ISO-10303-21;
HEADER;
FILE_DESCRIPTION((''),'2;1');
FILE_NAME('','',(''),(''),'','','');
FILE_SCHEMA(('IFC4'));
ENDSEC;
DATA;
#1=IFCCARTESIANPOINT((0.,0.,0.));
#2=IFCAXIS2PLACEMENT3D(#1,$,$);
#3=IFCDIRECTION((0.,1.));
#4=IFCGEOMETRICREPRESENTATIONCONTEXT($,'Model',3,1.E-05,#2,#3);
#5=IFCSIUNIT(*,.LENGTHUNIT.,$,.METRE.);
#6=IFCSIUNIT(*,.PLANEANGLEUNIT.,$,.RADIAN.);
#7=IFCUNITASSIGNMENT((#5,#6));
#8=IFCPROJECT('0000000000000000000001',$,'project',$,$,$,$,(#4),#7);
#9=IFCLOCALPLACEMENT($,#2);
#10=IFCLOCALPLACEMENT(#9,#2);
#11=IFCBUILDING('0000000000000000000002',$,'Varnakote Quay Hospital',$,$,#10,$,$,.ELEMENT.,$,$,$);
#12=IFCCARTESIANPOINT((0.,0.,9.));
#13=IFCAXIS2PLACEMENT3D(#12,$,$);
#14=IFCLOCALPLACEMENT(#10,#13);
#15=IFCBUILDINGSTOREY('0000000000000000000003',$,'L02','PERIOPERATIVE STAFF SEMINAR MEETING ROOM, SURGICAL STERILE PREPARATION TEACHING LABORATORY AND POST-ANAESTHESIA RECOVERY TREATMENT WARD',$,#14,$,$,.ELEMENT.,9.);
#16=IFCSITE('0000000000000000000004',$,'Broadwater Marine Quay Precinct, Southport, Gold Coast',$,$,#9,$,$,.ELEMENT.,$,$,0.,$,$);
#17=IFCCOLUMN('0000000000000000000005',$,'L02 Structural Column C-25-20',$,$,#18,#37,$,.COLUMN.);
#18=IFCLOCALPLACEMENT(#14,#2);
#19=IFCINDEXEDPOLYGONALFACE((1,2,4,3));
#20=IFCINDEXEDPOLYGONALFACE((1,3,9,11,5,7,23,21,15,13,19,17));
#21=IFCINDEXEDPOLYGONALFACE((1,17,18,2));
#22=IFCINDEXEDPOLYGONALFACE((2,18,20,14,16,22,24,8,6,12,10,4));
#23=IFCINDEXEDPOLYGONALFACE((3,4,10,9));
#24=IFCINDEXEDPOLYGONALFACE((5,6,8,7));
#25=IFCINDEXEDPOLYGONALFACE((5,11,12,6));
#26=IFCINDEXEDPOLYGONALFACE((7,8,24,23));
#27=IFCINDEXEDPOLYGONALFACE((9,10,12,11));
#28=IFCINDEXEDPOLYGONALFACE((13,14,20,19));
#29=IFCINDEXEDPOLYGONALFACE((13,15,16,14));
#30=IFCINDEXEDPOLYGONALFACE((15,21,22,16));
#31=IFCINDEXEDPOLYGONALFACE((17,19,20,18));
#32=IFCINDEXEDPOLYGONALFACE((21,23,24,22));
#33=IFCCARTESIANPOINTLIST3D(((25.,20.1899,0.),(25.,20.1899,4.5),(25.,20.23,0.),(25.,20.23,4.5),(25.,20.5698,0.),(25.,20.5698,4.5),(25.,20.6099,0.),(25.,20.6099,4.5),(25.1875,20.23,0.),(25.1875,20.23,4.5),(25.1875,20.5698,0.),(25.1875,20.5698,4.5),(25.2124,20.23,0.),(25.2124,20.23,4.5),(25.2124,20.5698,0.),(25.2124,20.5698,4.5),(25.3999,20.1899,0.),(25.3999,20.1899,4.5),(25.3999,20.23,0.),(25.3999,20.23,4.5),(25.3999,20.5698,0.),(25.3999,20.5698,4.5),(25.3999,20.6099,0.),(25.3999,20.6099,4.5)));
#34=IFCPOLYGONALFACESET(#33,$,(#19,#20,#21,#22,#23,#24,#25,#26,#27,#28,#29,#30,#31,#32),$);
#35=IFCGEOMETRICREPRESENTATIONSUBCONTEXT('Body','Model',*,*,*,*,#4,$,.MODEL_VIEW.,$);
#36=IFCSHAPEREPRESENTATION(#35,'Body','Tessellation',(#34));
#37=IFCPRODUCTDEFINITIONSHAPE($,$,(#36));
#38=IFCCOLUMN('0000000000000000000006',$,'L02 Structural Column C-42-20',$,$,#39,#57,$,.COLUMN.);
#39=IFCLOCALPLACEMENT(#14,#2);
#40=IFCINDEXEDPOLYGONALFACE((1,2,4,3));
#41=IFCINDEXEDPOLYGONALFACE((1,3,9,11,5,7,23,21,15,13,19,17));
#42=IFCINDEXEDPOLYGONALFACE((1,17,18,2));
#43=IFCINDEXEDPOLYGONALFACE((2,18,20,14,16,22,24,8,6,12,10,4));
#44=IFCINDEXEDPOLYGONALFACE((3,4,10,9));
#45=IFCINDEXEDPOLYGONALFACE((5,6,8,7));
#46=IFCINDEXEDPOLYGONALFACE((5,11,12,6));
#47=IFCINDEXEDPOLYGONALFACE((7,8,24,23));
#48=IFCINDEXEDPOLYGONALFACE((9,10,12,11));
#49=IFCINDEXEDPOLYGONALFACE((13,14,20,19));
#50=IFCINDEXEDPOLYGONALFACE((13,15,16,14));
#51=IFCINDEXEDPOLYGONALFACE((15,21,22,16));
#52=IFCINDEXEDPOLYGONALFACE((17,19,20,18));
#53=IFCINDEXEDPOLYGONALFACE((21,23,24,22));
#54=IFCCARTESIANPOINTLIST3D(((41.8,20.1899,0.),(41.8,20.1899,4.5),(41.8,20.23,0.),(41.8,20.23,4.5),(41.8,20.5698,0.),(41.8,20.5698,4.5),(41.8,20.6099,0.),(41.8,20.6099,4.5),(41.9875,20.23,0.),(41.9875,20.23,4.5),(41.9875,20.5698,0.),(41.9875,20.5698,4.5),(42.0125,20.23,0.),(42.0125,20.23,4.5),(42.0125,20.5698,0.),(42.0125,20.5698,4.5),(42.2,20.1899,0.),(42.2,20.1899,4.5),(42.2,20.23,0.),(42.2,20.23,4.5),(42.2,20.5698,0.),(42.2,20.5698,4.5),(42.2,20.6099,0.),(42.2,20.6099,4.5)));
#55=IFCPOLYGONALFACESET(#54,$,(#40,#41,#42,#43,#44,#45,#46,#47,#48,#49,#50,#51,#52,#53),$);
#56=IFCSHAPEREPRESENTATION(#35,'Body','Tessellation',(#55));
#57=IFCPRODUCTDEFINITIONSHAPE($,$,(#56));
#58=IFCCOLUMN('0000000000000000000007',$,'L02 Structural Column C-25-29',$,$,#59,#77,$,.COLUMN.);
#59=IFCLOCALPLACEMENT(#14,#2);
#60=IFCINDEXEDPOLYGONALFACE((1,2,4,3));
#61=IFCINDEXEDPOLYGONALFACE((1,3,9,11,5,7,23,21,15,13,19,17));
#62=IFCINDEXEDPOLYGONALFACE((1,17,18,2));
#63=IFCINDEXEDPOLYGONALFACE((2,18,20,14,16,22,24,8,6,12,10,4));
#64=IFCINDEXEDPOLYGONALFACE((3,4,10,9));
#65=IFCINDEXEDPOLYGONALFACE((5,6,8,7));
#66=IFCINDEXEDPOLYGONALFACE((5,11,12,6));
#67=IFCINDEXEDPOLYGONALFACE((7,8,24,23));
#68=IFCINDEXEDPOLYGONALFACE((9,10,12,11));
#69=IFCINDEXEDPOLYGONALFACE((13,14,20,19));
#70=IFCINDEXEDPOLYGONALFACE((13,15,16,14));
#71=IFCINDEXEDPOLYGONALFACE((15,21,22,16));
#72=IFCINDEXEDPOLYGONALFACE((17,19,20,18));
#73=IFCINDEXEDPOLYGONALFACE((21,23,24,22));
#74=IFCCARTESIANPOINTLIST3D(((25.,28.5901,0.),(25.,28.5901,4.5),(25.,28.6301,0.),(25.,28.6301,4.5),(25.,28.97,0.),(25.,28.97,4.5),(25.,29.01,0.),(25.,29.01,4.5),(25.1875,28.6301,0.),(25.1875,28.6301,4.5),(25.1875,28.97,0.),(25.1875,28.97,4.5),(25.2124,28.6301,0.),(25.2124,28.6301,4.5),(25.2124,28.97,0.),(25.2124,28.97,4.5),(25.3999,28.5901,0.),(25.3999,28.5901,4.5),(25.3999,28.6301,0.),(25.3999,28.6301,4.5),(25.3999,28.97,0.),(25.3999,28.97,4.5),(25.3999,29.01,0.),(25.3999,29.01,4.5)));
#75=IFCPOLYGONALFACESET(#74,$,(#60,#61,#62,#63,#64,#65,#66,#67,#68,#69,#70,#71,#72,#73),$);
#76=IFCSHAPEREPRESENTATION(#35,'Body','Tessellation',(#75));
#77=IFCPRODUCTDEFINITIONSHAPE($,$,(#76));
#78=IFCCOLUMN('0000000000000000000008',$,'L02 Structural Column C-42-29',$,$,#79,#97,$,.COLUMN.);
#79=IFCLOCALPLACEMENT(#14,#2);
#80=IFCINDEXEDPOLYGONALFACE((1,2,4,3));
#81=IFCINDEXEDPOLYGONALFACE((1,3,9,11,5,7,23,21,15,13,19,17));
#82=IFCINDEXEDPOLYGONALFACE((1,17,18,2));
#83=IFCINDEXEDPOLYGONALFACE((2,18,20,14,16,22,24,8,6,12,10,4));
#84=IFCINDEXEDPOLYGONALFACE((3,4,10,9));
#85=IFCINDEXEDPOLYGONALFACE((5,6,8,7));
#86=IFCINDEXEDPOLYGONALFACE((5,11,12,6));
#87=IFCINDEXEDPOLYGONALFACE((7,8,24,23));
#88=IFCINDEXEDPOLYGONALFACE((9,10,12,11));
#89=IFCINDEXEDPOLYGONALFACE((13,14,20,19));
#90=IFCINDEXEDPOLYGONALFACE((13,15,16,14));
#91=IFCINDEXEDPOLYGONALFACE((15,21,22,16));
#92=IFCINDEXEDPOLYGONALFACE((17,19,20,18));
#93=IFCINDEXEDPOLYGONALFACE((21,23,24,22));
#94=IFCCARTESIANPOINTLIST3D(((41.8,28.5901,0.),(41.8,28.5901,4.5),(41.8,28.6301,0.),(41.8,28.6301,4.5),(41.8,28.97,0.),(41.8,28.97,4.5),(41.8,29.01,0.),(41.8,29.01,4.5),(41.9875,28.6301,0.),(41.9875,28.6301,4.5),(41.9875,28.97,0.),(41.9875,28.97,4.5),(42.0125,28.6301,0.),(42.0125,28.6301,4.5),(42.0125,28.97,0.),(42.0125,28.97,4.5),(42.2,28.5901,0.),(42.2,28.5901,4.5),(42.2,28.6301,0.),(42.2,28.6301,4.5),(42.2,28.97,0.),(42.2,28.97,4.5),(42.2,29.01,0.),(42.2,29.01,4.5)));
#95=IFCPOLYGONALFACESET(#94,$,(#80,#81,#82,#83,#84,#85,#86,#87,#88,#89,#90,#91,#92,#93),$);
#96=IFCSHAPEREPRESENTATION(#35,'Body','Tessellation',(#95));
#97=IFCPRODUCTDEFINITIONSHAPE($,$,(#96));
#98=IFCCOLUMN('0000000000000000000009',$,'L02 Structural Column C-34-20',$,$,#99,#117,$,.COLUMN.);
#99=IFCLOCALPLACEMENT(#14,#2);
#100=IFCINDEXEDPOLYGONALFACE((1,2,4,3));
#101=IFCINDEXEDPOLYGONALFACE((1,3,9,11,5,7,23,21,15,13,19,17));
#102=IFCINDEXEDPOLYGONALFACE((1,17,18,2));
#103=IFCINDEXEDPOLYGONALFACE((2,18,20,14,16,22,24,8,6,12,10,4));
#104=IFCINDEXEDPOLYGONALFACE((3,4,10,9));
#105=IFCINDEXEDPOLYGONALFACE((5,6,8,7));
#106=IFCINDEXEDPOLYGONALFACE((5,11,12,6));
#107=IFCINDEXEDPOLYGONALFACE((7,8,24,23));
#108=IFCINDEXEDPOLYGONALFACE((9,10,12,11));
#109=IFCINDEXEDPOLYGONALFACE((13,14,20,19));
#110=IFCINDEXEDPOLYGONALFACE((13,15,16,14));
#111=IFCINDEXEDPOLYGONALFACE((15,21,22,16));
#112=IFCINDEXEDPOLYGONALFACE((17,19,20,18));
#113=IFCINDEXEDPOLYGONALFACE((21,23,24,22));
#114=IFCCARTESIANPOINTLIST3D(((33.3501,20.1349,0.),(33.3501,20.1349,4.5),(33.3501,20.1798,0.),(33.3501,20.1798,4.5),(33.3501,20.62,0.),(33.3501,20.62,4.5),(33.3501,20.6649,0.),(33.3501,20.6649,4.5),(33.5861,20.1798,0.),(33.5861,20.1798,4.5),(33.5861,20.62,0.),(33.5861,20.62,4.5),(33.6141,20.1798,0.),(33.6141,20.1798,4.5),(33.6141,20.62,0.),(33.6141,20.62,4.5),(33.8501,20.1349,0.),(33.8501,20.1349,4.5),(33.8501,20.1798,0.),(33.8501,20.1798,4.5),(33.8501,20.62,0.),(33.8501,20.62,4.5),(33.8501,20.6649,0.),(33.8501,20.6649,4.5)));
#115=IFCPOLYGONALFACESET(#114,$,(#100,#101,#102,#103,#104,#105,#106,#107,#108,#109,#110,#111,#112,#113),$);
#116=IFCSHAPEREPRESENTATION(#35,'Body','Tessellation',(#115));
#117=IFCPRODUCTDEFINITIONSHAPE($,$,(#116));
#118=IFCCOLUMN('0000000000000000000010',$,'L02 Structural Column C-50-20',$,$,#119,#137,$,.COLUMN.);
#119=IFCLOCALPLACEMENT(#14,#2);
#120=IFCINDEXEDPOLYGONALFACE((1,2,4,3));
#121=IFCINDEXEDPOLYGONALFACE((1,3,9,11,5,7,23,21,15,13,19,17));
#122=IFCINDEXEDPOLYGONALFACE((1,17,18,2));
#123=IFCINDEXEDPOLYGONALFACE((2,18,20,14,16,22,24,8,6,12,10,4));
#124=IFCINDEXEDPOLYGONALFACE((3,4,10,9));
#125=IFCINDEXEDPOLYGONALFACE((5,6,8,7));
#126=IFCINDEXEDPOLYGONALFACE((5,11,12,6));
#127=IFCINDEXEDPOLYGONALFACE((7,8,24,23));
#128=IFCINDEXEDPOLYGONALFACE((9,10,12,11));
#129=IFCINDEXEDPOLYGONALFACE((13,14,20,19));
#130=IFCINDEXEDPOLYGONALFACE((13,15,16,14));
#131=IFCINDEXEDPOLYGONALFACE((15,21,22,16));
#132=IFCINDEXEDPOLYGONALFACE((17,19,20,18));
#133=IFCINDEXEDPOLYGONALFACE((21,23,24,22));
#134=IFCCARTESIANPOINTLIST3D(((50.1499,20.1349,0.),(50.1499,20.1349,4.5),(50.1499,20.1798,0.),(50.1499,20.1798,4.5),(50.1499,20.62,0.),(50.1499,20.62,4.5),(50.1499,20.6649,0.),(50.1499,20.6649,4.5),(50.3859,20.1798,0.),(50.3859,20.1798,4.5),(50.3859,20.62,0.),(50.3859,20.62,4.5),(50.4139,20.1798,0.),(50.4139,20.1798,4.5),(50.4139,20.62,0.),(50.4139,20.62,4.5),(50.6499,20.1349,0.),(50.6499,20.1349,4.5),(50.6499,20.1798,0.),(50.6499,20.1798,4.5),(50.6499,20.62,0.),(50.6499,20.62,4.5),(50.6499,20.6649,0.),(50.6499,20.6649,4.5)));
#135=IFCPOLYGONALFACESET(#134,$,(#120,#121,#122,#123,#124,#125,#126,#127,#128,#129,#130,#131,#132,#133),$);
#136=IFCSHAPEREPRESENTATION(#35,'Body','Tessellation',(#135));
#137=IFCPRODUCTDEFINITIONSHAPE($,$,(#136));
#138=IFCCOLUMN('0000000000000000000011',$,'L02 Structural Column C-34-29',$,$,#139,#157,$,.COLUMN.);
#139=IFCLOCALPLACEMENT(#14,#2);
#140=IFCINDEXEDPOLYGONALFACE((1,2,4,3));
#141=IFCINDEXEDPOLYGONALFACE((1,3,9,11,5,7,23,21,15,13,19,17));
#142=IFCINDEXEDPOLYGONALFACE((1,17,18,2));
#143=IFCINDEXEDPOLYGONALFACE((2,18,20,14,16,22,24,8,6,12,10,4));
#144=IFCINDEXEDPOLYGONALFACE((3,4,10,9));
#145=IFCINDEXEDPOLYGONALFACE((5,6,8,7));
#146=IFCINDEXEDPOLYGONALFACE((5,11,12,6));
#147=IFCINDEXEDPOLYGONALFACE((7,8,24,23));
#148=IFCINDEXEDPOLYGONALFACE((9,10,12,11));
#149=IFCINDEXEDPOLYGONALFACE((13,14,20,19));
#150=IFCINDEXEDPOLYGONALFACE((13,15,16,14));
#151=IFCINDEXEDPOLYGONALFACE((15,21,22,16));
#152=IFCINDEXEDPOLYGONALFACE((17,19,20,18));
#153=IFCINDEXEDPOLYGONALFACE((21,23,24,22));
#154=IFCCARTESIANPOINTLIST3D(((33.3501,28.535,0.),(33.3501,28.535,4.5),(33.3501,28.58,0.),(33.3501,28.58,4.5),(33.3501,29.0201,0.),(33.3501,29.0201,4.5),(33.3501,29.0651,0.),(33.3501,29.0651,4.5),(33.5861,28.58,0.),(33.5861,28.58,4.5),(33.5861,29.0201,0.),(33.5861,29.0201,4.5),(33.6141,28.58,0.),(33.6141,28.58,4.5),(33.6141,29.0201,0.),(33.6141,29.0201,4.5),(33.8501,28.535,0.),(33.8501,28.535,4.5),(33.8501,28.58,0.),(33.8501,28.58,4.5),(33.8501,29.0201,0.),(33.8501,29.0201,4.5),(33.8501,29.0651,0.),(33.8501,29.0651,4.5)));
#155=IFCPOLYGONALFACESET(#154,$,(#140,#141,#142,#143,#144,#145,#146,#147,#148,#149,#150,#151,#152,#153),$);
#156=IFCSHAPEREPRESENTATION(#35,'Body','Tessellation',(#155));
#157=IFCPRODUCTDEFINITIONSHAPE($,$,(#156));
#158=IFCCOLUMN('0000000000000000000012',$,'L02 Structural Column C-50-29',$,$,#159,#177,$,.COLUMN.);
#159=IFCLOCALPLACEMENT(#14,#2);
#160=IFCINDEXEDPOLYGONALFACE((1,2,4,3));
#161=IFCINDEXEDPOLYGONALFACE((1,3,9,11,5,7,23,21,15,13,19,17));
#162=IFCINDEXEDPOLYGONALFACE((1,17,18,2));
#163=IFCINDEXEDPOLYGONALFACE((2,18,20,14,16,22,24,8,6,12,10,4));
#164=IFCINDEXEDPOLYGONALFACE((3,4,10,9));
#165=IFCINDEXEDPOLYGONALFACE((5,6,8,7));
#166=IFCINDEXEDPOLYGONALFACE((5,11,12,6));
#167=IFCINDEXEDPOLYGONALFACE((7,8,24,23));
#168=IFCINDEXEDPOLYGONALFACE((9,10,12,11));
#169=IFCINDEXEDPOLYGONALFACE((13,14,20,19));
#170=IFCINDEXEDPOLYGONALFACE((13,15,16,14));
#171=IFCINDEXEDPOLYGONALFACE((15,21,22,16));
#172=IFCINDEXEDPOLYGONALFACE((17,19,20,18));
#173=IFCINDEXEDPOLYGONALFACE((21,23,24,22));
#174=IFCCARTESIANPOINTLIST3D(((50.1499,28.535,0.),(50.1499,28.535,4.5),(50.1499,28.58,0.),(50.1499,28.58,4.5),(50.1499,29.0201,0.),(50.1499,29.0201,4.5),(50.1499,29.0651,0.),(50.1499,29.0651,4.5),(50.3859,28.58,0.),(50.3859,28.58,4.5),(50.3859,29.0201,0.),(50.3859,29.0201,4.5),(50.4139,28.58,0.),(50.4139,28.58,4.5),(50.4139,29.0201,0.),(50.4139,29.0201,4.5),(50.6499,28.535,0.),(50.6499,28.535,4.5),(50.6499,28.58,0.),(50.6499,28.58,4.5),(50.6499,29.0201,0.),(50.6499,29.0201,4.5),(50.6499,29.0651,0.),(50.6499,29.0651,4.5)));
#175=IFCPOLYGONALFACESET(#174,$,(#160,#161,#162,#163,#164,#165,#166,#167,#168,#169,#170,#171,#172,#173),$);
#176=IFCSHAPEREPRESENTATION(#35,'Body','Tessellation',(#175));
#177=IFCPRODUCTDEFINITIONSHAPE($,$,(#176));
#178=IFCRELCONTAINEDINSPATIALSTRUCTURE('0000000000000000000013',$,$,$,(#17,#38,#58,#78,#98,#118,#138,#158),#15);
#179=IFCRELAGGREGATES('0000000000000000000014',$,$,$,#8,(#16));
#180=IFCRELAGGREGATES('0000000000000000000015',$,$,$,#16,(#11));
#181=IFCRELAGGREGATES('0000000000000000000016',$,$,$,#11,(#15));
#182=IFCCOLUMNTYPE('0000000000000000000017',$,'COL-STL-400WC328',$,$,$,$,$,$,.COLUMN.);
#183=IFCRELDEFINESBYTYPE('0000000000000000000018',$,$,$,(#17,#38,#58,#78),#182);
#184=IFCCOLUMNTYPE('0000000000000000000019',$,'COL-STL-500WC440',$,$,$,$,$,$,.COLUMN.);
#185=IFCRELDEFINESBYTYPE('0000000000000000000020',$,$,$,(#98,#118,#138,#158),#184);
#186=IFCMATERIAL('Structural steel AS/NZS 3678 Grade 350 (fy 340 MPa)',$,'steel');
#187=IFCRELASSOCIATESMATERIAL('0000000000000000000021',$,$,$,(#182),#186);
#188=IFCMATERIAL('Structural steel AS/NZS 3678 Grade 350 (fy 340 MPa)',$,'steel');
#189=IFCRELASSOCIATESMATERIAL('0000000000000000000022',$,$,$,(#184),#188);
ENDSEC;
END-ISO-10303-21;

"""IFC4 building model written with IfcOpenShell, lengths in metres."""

from ifc_helpers import new_model, si_unit, direction, frame, origin, origin_2d, place, context, subcontext, project, spatial, i_section, extrude, material, material_profile, profile_set, type_object, element, save


model = new_model("IFC4")

# Units and contexts
model_context = context("Model", 3, precision=1e-05, world=origin(), true_north=direction((0.0, 1.0)))
body_context = subcontext(model_context, "Body", "Model", "MODEL_VIEW")
ifc_project = project(units=[si_unit("LENGTHUNIT", "METRE"), si_unit("PLANEANGLEUNIT", "RADIAN")], contexts=[model_context])

# Site, building, storey
site_placement = place(None, origin())
site = spatial("IfcSite", under=ifc_project, at=site_placement, Name="Broadwater Marine Quay Precinct, Southport, Gold Coast", CompositionType="ELEMENT", RefElevation=0.0)
building_placement = place(site_placement, origin())
building = spatial("IfcBuilding", under=site, at=building_placement, Name="Varnakote Quay Hospital", CompositionType="ELEMENT")
storey_placement = place(building_placement, frame((0.0, 0.0, 9.0)))
storey = spatial("IfcBuildingStorey", under=building, at=storey_placement, Name="L02", Description="PERIOPERATIVE STAFF SEMINAR MEETING ROOM, SURGICAL STERILE PREPARATION TEACHING LABORATORY AND POST-ANAESTHESIA RECOVERY TREATMENT WARD", CompositionType="ELEMENT", Elevation=9.0)

# Columns
ifc_material_1 = material(Name="Structural steel AS/NZS 3678 Grade 350 (fy 340 MPa)", Category="steel")
ifc_material_profile_1 = material_profile(ifc_material_1, i_section(OverallWidth=0.3999, OverallDepth=0.4199, WebThickness=0.0249, FlangeThickness=0.04, at=origin_2d()), Name="400WC328")
ifc_profile_set_1 = profile_set([ifc_material_profile_1], Name="Structural steel AS/NZS 3678 Grade 350 (fy 340 MPa)")
column_type_1 = type_object("IfcColumnType", Name="COL-STL-400WC328", PredefinedType="COLUMN", material=ifc_profile_set_1)
for number, where, z_axis, x_axis, name in (
    (1, (25.2, 20.3999, 0.0), (0.0, 0.0, 1.0), (1.0, 0.0, 0.0), "L02 Structural Column C-25-20"),
    (2, (42.0, 20.3999, 0.0), (0.0, 0.0, 1.0), (1.0, 0.0, 0.0), "L02 Structural Column C-42-20"),
    (3, (25.2, 28.8, 0.0), (0.0, 0.0, 1.0), (1.0, 0.0, 0.0), "L02 Structural Column C-25-29"),
    (4, (42.0, 28.8, 0.0), (0.0, 0.0, 1.0), (1.0, 0.0, 0.0), "L02 Structural Column C-42-29"),
):
    element("IfcColumn", number, at=place(storey_placement, frame(where, z_axis=z_axis, x_axis=x_axis)), inside=storey, type_object=column_type_1, Name=name, PredefinedType="COLUMN", context=body_context, shape_type="SweptSolid", body=[
        extrude(i_section(OverallWidth=0.3999, OverallDepth=0.4199, WebThickness=0.0249, FlangeThickness=0.04, at=origin_2d()), origin(), (0.0, 0.0, 1.0), 4.5),
    ])
ifc_material_2 = material(Name="Structural steel AS/NZS 3678 Grade 350 (fy 340 MPa)", Category="steel")
ifc_material_profile_2 = material_profile(ifc_material_2, i_section(OverallWidth=0.5, OverallDepth=0.53, WebThickness=0.0281, FlangeThickness=0.0449, at=origin_2d()), Name="500WC440")
ifc_profile_set_2 = profile_set([ifc_material_profile_2], Name="Structural steel AS/NZS 3678 Grade 350 (fy 340 MPa)")
column_type_2 = type_object("IfcColumnType", Name="COL-STL-500WC440", PredefinedType="COLUMN", material=ifc_profile_set_2)
for number, where, z_axis, x_axis, name in (
    (5, (33.6001, 20.3999, 0.0), (0.0, 0.0, 1.0), (1.0, 0.0, 0.0), "L02 Structural Column C-34-20"),
    (6, (50.3999, 20.3999, 0.0), (0.0, 0.0, 1.0), (1.0, 0.0, 0.0), "L02 Structural Column C-50-20"),
    (7, (33.6001, 28.8, 0.0), (0.0, 0.0, 1.0), (1.0, 0.0, 0.0), "L02 Structural Column C-34-29"),
    (8, (50.3999, 28.8, 0.0), (0.0, 0.0, 1.0), (1.0, 0.0, 0.0), "L02 Structural Column C-50-29"),
):
    element("IfcColumn", number, at=place(storey_placement, frame(where, z_axis=z_axis, x_axis=x_axis)), inside=storey, type_object=column_type_2, Name=name, PredefinedType="COLUMN", context=body_context, shape_type="SweptSolid", body=[
        extrude(i_section(OverallWidth=0.5, OverallDepth=0.53, WebThickness=0.0281, FlangeThickness=0.0449, at=origin_2d()), origin(), (0.0, 0.0, 1.0), 4.5),
    ])

save(model, "model.ifc")
